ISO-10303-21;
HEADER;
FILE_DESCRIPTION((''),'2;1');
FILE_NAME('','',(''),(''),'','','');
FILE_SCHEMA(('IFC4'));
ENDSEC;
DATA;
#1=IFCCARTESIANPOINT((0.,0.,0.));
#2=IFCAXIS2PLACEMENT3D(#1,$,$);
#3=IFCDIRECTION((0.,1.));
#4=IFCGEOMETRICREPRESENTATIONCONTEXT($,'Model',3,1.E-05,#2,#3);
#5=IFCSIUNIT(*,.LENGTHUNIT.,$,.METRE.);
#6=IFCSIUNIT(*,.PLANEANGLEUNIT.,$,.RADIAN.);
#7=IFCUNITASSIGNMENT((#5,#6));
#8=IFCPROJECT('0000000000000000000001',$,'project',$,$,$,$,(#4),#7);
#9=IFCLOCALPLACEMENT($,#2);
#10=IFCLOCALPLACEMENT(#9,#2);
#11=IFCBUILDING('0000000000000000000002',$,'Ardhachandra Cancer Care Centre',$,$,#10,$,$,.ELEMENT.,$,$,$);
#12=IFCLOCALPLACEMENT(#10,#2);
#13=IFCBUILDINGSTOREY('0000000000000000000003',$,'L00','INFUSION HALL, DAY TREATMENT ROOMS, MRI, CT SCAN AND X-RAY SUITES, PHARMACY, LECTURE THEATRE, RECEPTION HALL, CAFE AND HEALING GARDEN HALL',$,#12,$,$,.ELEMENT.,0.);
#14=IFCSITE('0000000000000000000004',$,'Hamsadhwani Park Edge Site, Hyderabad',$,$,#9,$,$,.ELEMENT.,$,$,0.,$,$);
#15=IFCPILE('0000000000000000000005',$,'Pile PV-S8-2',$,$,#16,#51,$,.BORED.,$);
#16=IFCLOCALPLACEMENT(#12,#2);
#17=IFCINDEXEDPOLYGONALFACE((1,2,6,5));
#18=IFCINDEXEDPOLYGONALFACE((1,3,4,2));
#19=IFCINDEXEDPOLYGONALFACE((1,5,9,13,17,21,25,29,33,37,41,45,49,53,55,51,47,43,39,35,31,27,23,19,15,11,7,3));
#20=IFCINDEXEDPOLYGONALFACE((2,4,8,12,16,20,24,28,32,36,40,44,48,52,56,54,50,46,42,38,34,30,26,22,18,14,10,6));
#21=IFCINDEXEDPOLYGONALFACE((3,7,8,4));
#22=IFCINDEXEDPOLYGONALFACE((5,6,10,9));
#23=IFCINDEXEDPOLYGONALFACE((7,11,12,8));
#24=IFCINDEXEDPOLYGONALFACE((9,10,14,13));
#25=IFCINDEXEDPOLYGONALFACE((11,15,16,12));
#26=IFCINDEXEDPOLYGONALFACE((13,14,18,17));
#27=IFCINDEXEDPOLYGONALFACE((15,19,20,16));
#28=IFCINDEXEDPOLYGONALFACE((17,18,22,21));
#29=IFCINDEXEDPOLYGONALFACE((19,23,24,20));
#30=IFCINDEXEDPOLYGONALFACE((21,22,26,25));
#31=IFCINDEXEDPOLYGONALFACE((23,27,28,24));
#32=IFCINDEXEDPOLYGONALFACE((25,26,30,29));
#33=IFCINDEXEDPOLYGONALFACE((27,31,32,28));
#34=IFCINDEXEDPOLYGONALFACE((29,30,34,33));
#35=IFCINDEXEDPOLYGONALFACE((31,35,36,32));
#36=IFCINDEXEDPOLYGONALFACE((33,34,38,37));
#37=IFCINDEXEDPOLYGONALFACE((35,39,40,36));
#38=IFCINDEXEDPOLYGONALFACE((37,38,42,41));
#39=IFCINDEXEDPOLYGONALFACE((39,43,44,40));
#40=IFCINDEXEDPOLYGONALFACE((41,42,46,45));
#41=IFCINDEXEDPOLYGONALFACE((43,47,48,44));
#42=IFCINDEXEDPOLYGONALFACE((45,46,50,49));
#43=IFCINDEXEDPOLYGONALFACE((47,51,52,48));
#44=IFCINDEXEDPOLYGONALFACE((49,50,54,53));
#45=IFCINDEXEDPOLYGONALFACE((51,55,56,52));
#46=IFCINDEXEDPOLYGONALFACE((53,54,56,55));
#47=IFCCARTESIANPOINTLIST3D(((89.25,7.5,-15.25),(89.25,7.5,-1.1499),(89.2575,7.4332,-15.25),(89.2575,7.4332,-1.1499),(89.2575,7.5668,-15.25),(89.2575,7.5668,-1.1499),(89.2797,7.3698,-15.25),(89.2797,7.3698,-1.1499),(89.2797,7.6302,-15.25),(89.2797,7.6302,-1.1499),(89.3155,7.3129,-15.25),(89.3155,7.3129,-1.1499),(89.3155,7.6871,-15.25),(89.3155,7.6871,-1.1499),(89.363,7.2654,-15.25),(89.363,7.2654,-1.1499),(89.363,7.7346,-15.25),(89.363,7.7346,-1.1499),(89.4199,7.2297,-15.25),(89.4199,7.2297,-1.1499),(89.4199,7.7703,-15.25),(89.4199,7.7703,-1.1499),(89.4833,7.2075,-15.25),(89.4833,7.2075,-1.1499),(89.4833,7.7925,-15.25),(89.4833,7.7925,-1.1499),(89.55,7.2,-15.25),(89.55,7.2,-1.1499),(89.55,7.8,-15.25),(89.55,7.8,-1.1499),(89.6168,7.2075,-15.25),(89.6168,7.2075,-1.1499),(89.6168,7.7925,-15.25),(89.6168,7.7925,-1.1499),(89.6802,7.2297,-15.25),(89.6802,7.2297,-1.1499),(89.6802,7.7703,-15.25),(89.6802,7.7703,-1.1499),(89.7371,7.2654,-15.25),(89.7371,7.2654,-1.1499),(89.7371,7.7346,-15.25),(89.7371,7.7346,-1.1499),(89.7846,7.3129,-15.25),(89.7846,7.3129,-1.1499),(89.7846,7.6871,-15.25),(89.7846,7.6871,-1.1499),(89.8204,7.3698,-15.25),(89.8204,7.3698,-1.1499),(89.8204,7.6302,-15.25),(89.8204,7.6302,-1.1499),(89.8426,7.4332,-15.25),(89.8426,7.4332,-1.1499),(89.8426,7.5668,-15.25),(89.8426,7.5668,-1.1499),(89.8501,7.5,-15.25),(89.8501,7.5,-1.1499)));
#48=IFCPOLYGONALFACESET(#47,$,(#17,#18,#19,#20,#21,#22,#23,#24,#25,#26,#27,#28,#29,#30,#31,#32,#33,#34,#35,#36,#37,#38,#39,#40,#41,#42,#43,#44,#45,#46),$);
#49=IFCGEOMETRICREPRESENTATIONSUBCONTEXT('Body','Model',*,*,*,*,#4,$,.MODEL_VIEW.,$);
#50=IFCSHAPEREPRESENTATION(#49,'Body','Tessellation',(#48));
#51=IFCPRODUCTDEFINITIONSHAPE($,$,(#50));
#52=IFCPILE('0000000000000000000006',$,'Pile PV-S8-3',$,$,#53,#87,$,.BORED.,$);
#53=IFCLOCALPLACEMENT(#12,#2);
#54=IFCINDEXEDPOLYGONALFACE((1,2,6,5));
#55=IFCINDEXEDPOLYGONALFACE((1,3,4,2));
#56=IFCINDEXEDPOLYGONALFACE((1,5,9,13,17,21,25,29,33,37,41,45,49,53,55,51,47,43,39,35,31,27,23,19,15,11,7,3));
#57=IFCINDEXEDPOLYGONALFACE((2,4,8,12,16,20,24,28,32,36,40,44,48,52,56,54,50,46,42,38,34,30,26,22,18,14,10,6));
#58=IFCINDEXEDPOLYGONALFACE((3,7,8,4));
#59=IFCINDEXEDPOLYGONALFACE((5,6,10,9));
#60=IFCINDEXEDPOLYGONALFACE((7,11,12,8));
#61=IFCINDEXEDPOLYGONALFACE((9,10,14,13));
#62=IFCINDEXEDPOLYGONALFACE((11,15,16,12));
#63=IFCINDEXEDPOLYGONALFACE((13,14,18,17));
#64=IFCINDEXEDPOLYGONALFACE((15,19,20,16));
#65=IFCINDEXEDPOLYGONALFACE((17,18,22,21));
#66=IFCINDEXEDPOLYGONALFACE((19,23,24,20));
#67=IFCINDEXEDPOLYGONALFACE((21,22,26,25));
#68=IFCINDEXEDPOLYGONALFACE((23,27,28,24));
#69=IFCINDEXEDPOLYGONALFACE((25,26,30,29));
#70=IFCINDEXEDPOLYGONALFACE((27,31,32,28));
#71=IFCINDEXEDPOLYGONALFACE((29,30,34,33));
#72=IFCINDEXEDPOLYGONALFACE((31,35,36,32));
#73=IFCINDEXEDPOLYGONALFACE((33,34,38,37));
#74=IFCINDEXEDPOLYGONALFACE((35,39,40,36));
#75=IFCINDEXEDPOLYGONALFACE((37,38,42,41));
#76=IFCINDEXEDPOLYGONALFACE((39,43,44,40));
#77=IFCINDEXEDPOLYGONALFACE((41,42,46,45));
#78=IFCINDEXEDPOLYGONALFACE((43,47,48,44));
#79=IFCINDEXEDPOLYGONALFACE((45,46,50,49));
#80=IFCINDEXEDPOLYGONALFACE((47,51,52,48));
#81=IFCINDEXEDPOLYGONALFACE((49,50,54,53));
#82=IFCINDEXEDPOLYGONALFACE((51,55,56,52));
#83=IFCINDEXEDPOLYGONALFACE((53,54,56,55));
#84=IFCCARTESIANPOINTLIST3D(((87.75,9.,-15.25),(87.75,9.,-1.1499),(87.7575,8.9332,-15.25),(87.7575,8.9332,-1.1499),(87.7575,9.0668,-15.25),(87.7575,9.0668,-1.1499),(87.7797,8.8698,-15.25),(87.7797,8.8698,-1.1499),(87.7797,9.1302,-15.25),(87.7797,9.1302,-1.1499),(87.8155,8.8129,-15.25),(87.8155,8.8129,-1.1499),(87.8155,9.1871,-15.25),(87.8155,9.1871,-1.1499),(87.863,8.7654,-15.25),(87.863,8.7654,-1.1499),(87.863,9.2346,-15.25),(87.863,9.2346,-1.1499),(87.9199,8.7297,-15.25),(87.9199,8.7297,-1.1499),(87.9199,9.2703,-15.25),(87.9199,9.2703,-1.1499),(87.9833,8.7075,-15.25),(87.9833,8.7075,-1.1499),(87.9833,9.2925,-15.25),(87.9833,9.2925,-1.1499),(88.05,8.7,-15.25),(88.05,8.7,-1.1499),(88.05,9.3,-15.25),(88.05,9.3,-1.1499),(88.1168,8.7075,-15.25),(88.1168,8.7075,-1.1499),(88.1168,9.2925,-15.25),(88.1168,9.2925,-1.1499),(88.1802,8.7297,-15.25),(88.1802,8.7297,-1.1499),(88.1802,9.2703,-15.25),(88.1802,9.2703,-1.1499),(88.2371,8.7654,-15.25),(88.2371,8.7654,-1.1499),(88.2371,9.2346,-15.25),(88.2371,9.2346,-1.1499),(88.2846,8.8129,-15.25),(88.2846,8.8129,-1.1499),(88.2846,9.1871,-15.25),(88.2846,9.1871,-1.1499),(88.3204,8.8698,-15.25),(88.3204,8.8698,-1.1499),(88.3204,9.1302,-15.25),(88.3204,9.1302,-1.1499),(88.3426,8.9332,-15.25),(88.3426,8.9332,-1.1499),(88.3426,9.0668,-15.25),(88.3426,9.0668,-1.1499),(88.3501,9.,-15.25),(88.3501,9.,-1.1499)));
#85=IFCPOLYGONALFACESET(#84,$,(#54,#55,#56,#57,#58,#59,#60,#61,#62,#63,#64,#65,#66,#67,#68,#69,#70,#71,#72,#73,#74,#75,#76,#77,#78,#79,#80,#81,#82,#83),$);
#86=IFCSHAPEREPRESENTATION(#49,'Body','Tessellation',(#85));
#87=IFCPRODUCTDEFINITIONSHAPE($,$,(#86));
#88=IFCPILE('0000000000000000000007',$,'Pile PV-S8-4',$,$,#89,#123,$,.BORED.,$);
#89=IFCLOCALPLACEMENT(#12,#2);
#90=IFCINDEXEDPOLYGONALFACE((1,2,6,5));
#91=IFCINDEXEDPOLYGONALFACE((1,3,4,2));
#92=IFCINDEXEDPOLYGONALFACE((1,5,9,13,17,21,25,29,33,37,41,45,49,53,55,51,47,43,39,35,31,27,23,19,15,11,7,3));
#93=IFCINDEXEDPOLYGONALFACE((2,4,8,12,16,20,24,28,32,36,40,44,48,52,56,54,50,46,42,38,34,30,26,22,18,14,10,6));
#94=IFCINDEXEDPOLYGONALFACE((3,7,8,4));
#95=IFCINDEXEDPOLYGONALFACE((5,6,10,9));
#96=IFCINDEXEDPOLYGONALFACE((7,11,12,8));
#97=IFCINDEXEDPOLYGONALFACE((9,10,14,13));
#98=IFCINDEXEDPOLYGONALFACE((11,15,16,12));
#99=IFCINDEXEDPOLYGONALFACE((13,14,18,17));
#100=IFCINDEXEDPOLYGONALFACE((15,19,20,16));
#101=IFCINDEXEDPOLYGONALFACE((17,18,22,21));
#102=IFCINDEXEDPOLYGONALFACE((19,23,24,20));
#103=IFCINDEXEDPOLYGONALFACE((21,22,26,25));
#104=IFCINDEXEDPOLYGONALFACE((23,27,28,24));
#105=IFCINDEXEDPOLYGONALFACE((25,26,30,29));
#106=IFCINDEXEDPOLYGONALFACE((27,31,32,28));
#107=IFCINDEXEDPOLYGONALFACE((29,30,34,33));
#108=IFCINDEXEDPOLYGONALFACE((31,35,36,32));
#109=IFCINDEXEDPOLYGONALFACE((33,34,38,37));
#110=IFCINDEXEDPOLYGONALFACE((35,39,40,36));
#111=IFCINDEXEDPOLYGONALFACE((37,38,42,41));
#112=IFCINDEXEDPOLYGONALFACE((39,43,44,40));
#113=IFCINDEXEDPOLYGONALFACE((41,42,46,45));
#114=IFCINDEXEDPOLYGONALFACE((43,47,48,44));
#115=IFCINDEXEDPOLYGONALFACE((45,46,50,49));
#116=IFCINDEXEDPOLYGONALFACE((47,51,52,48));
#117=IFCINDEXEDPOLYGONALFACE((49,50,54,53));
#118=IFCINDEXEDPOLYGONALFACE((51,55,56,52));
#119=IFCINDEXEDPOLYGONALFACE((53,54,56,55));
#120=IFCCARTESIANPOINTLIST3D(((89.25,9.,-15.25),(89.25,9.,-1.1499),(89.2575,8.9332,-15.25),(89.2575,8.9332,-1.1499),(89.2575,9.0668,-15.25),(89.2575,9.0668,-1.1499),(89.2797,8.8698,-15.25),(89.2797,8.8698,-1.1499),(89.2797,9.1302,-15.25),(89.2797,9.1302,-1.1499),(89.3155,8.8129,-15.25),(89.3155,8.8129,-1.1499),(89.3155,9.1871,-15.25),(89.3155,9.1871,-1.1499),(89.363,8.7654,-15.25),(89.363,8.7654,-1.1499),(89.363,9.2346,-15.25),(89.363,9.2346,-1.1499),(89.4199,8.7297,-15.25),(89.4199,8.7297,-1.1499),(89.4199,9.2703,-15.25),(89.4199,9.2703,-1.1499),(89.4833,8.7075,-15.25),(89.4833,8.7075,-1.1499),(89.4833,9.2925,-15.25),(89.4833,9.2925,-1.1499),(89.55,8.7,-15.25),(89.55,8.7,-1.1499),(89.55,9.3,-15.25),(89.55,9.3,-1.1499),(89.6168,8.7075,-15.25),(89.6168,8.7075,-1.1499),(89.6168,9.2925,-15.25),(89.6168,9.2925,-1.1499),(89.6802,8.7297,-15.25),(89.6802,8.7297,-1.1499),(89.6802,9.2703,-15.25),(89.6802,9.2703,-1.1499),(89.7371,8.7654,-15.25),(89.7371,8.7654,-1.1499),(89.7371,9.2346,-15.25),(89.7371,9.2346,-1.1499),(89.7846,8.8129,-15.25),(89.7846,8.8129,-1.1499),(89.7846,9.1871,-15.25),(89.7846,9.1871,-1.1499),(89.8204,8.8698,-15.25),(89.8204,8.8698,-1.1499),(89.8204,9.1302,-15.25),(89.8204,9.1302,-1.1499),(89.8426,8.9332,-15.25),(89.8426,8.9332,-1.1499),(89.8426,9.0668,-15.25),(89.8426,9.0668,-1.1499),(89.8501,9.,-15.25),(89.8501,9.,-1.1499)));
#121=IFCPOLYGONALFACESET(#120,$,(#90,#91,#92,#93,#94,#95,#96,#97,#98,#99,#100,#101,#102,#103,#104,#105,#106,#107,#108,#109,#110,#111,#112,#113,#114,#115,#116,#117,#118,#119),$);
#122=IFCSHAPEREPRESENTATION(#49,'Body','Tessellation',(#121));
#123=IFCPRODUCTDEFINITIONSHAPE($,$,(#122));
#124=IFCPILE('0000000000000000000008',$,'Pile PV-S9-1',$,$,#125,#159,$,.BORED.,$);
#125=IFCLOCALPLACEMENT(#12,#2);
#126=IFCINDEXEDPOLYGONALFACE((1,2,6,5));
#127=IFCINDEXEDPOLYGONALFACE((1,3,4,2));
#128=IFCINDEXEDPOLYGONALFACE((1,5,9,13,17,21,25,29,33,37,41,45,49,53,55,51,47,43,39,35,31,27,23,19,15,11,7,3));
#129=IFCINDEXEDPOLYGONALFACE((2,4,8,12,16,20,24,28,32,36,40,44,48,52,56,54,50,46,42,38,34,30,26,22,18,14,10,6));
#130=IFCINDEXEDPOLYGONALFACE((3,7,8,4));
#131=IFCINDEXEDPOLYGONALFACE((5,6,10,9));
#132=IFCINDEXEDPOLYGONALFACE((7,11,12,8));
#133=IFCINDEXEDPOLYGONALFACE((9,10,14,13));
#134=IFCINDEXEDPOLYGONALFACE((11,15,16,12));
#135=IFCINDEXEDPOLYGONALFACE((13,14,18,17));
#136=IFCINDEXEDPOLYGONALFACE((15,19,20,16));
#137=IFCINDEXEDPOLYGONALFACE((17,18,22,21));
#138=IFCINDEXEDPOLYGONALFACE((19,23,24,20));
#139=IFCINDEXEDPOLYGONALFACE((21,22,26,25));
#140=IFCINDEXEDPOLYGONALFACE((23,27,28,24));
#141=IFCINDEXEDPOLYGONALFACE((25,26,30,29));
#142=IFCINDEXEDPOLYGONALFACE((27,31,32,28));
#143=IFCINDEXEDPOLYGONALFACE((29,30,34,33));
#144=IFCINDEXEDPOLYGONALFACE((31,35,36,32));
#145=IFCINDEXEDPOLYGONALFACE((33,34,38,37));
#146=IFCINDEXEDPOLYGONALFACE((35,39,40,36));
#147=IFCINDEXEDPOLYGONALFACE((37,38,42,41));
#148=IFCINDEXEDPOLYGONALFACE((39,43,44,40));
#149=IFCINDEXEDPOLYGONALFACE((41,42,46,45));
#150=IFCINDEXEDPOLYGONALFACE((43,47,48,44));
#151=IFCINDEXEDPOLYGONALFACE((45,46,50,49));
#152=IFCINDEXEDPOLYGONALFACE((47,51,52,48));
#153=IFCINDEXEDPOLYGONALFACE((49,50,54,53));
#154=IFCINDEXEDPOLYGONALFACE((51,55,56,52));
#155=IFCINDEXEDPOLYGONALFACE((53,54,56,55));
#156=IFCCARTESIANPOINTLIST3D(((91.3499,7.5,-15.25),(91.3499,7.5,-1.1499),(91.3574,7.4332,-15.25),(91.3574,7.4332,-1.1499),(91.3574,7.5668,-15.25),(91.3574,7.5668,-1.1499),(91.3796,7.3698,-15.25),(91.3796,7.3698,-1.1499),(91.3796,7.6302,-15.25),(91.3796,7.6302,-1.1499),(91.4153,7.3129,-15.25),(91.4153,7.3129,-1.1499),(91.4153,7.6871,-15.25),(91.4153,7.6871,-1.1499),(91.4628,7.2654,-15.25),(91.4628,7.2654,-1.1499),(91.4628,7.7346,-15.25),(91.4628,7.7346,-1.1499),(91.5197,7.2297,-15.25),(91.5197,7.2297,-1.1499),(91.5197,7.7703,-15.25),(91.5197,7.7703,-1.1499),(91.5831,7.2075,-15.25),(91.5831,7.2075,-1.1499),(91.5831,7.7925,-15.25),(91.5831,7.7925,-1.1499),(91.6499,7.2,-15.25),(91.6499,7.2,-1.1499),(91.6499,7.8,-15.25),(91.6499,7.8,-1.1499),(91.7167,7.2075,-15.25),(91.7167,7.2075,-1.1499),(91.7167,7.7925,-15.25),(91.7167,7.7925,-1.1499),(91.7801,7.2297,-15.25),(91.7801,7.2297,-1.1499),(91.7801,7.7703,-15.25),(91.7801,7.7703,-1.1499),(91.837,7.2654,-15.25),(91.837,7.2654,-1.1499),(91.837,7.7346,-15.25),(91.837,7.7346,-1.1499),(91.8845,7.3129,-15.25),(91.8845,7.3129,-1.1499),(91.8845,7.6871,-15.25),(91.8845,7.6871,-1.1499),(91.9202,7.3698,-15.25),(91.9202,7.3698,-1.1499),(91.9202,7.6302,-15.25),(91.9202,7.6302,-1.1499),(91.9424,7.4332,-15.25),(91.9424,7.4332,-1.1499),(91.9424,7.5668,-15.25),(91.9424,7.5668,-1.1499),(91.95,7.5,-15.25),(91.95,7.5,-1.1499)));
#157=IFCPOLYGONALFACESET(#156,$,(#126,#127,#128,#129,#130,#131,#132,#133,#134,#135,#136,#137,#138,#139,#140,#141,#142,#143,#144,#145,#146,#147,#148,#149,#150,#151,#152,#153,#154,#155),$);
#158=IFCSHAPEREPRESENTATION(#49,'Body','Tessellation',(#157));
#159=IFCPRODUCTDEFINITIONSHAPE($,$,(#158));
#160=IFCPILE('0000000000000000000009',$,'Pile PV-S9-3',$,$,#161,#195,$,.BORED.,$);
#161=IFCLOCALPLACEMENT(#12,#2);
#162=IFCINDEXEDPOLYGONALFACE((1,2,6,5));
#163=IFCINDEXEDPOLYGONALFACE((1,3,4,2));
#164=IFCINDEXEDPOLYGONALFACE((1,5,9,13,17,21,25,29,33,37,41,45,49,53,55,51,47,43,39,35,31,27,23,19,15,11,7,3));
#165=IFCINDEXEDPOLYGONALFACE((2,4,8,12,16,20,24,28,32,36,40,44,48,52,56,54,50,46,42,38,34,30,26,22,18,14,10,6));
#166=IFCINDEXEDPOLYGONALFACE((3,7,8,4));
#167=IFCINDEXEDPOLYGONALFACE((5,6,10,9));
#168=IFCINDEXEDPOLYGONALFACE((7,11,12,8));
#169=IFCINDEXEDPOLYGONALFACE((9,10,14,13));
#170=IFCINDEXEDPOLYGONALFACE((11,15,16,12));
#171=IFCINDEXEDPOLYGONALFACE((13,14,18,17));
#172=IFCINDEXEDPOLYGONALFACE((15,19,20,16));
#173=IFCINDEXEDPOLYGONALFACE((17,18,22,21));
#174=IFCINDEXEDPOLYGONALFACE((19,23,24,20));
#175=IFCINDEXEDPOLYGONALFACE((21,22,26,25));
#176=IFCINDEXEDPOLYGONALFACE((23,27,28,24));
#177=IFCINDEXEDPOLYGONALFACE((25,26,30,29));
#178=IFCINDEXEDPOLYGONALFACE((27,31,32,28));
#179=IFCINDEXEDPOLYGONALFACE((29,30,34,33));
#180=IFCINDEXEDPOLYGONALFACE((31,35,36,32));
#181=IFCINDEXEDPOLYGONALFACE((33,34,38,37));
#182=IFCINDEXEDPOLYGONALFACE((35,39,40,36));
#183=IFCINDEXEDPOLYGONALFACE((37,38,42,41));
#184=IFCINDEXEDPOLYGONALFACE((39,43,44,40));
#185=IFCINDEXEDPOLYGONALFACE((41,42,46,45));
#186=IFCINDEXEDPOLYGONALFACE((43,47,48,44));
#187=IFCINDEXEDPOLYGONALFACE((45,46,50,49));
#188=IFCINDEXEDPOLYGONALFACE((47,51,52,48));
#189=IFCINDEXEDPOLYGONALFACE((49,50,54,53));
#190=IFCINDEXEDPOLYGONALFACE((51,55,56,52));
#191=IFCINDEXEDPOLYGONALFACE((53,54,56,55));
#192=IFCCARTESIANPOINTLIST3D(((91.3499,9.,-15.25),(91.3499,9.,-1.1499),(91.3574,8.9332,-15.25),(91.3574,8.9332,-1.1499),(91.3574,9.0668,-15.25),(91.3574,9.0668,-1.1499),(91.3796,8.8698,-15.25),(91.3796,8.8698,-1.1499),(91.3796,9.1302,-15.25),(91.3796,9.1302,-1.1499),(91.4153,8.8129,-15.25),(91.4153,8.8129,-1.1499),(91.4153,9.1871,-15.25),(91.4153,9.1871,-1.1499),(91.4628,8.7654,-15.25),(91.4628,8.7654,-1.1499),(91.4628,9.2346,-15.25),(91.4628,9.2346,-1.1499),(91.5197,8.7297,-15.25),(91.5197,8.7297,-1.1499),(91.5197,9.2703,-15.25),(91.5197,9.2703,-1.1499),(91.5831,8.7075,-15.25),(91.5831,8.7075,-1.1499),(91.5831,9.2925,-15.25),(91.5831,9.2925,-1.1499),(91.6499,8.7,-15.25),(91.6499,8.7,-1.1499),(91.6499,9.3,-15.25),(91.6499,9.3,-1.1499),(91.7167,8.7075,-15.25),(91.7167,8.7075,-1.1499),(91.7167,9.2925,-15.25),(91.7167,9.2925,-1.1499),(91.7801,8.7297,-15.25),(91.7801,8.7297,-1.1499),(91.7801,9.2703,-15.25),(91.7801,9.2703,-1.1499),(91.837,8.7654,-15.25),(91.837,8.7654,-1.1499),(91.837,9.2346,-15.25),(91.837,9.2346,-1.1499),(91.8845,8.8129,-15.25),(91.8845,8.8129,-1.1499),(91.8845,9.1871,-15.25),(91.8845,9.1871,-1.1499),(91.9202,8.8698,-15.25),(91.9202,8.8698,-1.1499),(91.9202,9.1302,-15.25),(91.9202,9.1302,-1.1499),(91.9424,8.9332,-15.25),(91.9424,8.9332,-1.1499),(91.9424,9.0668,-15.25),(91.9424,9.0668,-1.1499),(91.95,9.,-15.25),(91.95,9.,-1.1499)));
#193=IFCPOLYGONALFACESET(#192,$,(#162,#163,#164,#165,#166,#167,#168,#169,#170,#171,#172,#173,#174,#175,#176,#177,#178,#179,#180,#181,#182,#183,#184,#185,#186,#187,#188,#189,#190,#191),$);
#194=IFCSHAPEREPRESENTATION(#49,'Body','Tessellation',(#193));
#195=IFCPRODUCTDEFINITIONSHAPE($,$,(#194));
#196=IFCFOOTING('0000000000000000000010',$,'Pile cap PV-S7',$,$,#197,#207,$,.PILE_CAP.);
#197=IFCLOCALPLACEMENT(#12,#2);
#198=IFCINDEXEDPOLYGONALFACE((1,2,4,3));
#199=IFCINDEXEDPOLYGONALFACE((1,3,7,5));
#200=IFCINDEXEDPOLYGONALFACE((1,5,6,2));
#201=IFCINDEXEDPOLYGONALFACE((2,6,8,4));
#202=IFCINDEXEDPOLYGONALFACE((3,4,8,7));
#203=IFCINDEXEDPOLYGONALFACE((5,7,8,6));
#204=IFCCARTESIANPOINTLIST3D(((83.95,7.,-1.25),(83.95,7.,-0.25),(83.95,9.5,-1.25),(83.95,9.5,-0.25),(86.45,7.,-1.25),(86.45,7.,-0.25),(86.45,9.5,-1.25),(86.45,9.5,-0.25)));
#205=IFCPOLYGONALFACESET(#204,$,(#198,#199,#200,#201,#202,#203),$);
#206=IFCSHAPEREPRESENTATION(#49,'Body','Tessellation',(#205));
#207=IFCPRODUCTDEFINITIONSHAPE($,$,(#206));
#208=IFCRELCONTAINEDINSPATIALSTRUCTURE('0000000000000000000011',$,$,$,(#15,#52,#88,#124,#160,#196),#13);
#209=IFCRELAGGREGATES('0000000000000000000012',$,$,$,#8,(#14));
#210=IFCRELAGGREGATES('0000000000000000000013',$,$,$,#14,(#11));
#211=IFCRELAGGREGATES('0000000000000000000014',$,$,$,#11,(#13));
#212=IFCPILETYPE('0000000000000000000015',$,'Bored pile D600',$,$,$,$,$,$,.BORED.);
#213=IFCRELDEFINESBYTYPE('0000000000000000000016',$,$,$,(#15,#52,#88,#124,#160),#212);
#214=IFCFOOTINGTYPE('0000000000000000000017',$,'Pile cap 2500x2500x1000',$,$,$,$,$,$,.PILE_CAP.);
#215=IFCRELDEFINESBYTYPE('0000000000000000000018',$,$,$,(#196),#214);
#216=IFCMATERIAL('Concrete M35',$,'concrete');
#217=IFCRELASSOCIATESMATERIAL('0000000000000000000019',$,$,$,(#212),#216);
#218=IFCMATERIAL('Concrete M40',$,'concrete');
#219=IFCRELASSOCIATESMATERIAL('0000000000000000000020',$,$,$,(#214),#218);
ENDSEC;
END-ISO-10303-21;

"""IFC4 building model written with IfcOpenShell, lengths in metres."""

from ifc_helpers import new_model, si_unit, direction, frame, origin, origin_2d, place, context, subcontext, project, spatial, rectangle, circle, extrude, material, material_profile, profile_set, type_object, element, save


model = new_model("IFC4")

# Units and contexts
model_context = context("Model", 3, precision=1e-05, world=origin(), true_north=direction((0.0, 1.0)))
body_context = subcontext(model_context, "Body", "Model", "MODEL_VIEW")
ifc_project = project(units=[si_unit("LENGTHUNIT", "METRE"), si_unit("PLANEANGLEUNIT", "RADIAN")], contexts=[model_context])

# Site, building, storey
site_placement = place(None, origin())
site = spatial("IfcSite", under=ifc_project, at=site_placement, Name="Hamsadhwani Park Edge Site, Hyderabad", CompositionType="ELEMENT", RefElevation=0.0)
building_placement = place(site_placement, origin())
building = spatial("IfcBuilding", under=site, at=building_placement, Name="Ardhachandra Cancer Care Centre", CompositionType="ELEMENT")
storey_placement = place(building_placement, origin())
storey = spatial("IfcBuildingStorey", under=building, at=storey_placement, Name="L00", Description="INFUSION HALL, DAY TREATMENT ROOMS, MRI, CT SCAN AND X-RAY SUITES, PHARMACY, LECTURE THEATRE, RECEPTION HALL, CAFE AND HEALING GARDEN HALL", CompositionType="ELEMENT", Elevation=0.0)

# Piles
ifc_material_1 = material(Name="Concrete M35", Category="concrete")
ifc_material_profile_1 = material_profile(ifc_material_1, circle(Radius=0.3, at=origin_2d()), Name="D600")
ifc_profile_set_1 = profile_set([ifc_material_profile_1], Name="Concrete M35")
pile_type = type_object("IfcPileType", Name="Bored pile D600", PredefinedType="BORED", material=ifc_profile_set_1)
for number, where, z_axis, x_axis, name in (
    (1, (89.55, 7.5, -1.1499), (0.0, 0.0, -1.0), (1.0, 0.0, 0.0), "Pile PV-S8-2"),
    (2, (88.05, 9.0, -1.1499), (0.0, 0.0, -1.0), (1.0, 0.0, 0.0), "Pile PV-S8-3"),
    (3, (89.55, 9.0, -1.1499), (0.0, 0.0, -1.0), (1.0, 0.0, 0.0), "Pile PV-S8-4"),
    (4, (91.6499, 7.5, -1.1499), (0.0, 0.0, -1.0), (1.0, 0.0, 0.0), "Pile PV-S9-1"),
    (5, (91.6499, 9.0, -1.1499), (0.0, 0.0, -1.0), (1.0, 0.0, 0.0), "Pile PV-S9-3"),
):
    element("IfcPile", number, at=place(storey_placement, frame(where, z_axis=z_axis, x_axis=x_axis)), inside=storey, type_object=pile_type, Name=name, PredefinedType="BORED", context=body_context, shape_type="SweptSolid", body=[
        extrude(circle(Radius=0.3, at=origin_2d()), origin(), (0.0, 0.0, 1.0), 14.1001),
    ])

# Footing
ifc_material_2 = material(Name="Concrete M40", Category="concrete")
footing_type = type_object("IfcFootingType", Name="Pile cap 2500x2500x1000", PredefinedType="PILE_CAP", material=ifc_material_2)
for number, where, z_axis, x_axis, name in (
    (6, (85.2, 8.25, -1.25), (0.0, 0.0, 1.0), (1.0, 0.0, 0.0), "Pile cap PV-S7"),
):
    element("IfcFooting", number, at=place(storey_placement, frame(where, z_axis=z_axis, x_axis=x_axis)), inside=storey, type_object=footing_type, Name=name, PredefinedType="PILE_CAP", context=body_context, shape_type="SweptSolid", body=[
        extrude(rectangle(XDim=2.5, YDim=2.5, at=origin_2d()), origin(), (0.0, 0.0, 1.0), 1.0),
    ])

save(model, "model.ifc")
